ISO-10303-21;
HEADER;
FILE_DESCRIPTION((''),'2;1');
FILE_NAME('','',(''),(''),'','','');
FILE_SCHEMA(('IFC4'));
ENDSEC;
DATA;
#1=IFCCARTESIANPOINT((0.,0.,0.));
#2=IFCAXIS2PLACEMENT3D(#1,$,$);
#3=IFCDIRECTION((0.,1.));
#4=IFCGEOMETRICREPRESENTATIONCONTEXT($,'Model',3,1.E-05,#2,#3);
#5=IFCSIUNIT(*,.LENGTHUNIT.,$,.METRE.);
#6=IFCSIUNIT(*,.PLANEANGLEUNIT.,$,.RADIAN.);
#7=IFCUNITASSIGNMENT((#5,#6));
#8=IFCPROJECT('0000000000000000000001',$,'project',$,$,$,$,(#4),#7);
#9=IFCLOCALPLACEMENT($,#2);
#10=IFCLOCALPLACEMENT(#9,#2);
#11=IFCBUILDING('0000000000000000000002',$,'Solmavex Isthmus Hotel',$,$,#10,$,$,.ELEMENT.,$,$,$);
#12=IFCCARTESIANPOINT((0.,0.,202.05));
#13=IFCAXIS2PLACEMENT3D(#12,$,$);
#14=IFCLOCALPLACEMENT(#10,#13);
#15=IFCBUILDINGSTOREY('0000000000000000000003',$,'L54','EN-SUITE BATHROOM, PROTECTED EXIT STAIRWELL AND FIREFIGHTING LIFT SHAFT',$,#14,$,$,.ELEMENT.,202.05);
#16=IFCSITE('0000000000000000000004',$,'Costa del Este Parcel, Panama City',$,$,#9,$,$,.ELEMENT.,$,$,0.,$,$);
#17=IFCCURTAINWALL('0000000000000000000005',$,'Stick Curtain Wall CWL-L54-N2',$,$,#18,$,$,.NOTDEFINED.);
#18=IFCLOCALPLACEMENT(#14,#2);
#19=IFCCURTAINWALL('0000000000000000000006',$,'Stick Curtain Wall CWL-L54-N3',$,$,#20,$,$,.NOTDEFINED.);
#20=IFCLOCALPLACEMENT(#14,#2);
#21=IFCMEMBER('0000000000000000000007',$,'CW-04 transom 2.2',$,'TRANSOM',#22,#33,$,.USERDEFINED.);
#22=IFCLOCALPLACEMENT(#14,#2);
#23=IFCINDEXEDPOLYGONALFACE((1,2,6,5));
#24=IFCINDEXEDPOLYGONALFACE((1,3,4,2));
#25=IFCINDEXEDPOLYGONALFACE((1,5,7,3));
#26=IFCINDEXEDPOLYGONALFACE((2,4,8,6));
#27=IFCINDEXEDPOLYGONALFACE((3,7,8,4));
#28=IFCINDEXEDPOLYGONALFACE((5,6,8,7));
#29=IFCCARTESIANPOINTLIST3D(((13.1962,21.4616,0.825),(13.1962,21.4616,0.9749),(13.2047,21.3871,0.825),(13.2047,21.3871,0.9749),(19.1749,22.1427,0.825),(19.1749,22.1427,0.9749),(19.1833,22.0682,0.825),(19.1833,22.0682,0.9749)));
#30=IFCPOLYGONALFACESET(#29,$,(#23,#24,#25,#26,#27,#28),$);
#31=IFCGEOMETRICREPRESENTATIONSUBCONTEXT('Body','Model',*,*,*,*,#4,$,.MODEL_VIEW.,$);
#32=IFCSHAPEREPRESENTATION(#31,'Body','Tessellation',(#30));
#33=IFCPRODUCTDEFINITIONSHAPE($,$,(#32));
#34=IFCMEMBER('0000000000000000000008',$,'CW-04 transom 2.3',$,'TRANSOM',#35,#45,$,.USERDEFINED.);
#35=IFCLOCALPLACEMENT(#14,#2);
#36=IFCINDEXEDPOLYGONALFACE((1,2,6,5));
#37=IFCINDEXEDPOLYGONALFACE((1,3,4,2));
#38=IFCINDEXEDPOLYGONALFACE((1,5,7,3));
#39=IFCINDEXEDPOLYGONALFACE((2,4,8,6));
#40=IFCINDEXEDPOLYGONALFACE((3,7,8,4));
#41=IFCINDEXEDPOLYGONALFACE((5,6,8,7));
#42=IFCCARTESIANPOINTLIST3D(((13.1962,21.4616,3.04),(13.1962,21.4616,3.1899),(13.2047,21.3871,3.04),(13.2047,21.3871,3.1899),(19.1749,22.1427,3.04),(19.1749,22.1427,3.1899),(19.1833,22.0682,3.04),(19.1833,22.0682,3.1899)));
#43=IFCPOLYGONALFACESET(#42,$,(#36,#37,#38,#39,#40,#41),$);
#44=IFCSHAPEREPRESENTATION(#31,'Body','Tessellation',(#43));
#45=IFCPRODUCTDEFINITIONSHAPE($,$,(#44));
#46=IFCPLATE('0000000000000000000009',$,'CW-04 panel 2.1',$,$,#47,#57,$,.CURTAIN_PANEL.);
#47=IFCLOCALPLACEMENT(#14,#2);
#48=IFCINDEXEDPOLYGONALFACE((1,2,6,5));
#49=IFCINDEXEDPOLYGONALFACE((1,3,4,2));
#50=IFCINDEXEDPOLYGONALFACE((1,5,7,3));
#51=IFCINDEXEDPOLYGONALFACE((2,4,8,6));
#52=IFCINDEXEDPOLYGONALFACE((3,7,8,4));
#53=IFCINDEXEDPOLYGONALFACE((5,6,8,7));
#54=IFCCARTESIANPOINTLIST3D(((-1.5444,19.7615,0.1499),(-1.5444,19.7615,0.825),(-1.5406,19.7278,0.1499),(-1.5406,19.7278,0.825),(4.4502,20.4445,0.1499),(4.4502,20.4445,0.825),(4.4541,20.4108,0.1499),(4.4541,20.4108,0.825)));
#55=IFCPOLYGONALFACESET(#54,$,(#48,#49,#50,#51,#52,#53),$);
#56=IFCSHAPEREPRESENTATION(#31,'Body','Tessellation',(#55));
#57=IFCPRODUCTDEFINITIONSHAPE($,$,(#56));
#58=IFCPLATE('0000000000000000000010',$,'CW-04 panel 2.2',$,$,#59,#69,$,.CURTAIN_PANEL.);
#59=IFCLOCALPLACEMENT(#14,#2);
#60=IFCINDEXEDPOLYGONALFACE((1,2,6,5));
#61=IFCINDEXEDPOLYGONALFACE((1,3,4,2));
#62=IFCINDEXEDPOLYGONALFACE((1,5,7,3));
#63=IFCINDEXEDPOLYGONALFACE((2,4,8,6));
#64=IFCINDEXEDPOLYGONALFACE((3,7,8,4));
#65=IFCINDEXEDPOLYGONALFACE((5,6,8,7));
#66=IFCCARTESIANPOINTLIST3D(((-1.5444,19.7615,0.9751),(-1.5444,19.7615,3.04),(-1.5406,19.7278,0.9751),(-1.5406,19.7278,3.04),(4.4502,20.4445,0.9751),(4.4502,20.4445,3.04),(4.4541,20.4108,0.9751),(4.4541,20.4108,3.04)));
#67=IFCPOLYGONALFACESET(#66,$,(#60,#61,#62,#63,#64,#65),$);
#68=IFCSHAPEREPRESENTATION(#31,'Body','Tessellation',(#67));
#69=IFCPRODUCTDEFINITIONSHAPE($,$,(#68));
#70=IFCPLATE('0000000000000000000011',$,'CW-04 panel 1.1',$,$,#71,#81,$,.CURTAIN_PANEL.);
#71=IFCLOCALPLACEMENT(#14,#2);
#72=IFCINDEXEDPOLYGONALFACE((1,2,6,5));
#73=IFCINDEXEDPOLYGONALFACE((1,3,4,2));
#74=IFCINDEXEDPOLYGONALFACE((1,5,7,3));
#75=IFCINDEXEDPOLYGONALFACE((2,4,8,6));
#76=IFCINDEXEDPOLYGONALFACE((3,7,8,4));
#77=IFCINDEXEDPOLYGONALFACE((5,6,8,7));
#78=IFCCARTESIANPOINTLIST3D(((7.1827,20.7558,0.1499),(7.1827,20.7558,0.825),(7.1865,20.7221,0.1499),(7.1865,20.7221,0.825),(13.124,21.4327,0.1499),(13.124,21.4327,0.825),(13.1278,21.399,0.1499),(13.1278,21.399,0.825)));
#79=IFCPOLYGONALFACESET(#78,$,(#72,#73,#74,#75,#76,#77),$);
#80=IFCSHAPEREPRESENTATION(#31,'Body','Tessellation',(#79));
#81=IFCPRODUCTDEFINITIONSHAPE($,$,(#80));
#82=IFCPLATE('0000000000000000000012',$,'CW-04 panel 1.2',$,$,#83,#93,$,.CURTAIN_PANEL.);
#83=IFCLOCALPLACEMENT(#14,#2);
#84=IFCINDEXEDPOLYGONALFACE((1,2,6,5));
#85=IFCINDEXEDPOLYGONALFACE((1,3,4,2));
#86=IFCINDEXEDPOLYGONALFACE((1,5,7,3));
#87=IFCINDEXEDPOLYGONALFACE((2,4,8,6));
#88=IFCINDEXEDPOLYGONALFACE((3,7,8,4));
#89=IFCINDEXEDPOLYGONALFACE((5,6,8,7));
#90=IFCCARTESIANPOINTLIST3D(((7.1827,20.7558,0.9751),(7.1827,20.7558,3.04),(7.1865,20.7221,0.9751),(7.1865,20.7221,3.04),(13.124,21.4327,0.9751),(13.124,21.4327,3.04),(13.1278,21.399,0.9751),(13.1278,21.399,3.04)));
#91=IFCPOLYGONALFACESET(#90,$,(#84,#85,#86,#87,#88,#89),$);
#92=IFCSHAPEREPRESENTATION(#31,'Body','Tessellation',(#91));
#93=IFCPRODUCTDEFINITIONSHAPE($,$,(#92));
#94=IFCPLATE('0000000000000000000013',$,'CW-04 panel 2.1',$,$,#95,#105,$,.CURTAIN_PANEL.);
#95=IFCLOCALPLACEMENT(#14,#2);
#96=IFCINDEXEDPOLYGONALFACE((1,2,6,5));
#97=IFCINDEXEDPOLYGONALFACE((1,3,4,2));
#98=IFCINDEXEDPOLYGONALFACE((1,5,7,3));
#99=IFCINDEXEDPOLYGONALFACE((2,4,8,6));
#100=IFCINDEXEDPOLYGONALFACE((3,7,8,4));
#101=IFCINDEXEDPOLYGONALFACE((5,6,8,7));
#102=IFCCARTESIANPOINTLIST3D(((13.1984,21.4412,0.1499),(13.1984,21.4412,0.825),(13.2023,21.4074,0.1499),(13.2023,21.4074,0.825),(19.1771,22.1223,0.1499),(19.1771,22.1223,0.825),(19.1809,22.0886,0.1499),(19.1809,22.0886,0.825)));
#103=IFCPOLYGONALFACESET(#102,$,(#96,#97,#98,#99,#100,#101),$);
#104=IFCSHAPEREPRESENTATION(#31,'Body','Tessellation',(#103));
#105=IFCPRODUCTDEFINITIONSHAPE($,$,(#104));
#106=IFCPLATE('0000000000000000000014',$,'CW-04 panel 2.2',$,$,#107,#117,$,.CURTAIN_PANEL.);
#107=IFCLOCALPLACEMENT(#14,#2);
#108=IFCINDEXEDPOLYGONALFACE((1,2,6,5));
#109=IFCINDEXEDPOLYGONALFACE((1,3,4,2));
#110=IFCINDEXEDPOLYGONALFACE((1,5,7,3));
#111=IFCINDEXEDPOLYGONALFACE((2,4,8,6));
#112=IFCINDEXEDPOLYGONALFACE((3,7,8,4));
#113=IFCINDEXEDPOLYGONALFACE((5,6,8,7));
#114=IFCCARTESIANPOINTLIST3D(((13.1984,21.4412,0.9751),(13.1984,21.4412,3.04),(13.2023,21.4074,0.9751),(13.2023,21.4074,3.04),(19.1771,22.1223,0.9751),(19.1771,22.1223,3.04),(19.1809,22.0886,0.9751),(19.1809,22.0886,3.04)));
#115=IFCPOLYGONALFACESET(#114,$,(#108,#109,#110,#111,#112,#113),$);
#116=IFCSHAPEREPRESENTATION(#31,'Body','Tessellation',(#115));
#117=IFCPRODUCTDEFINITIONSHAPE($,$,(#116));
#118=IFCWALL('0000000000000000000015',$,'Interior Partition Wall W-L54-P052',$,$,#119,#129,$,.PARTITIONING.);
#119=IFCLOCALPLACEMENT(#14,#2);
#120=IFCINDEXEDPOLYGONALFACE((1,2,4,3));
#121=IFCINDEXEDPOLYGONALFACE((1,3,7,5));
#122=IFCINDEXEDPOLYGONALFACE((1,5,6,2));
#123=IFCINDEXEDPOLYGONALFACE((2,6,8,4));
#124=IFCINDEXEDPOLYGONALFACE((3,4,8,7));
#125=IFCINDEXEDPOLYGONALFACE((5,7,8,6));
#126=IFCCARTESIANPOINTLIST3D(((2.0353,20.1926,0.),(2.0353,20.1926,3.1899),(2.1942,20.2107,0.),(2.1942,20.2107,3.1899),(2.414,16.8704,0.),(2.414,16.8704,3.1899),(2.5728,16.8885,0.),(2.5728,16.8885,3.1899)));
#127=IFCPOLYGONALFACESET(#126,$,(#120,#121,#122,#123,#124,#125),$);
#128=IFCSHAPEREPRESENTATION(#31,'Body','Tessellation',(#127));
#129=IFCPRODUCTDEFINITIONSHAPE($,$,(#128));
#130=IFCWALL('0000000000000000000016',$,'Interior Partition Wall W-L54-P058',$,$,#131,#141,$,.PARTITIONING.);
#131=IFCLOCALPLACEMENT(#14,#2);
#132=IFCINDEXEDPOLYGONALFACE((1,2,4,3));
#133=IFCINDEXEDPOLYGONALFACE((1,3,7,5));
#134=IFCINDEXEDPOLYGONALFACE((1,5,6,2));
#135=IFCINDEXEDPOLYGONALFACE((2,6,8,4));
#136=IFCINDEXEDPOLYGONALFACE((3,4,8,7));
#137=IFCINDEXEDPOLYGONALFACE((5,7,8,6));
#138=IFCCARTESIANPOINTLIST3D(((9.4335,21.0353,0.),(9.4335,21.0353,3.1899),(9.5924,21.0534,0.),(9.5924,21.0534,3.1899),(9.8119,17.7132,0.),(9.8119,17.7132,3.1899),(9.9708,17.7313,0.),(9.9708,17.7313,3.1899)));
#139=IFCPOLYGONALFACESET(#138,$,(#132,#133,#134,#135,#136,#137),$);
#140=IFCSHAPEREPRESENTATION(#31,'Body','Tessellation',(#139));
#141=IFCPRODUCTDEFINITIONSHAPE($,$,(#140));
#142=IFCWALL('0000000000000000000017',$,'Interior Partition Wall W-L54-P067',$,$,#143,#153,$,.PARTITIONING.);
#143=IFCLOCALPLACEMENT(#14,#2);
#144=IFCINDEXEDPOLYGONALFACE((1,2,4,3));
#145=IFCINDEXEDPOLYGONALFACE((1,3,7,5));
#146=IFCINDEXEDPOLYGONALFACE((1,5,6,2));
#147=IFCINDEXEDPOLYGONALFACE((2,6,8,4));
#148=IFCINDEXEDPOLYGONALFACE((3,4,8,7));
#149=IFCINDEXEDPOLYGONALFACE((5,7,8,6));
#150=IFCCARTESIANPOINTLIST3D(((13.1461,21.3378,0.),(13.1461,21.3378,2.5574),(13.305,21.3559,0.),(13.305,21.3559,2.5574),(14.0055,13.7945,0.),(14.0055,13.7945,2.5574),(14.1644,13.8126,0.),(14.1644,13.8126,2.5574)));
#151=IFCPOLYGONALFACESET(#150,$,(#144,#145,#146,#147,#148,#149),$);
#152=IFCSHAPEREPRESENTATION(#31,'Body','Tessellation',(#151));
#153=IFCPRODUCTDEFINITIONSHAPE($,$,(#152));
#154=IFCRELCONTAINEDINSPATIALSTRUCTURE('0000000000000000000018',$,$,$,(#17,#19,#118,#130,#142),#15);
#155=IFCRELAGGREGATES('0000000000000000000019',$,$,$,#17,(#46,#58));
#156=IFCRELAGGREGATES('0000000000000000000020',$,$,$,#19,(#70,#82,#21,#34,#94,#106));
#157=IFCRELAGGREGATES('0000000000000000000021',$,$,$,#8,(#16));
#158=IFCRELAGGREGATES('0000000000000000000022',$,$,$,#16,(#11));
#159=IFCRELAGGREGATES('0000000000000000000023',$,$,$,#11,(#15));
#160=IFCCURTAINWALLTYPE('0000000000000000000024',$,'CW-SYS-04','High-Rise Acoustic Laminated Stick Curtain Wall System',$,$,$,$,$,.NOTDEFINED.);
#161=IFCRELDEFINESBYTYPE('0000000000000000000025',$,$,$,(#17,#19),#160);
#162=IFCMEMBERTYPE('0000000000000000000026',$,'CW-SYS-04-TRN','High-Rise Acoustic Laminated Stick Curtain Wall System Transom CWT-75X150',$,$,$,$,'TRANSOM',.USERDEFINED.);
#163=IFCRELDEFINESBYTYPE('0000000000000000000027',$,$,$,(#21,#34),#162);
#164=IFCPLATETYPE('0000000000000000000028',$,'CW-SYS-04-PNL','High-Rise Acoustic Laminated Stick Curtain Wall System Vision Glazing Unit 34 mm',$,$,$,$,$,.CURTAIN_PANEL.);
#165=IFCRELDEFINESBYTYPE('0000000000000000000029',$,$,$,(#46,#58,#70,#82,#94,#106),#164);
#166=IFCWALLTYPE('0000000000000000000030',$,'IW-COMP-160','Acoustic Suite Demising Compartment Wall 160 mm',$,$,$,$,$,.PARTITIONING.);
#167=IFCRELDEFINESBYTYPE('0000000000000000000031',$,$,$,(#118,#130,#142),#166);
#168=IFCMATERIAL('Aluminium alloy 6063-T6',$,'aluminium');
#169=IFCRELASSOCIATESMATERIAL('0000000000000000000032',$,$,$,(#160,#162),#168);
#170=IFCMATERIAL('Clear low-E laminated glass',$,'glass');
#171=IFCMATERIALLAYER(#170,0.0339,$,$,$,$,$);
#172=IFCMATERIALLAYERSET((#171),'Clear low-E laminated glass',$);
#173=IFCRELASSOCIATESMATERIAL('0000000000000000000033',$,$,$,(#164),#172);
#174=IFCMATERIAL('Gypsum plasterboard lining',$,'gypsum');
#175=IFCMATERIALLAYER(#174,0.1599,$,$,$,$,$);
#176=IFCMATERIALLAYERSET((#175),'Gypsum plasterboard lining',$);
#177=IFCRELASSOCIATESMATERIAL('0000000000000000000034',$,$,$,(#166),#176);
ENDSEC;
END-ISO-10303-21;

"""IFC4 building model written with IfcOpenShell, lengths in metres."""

from ifc_helpers import new_model, si_unit, direction, frame, frame_2d, origin, origin_2d, place, context, subcontext, project, spatial, rectangle, extrude, material, layer, layer_set, material_profile, profile_set, type_object, element, aggregate, save


model = new_model("IFC4")

# Units and contexts
model_context = context("Model", 3, precision=1e-05, world=origin(), true_north=direction((0.0, 1.0)))
body_context = subcontext(model_context, "Body", "Model", "MODEL_VIEW")
ifc_project = project(units=[si_unit("LENGTHUNIT", "METRE"), si_unit("PLANEANGLEUNIT", "RADIAN")], contexts=[model_context])

# Site, building, storey
site_placement = place(None, origin())
site = spatial("IfcSite", under=ifc_project, at=site_placement, Name="Costa del Este Parcel, Panama City", CompositionType="ELEMENT", RefElevation=0.0)
building_placement = place(site_placement, origin())
building = spatial("IfcBuilding", under=site, at=building_placement, Name="Solmavex Isthmus Hotel", CompositionType="ELEMENT")
storey_placement = place(building_placement, frame((0.0, 0.0, 202.05)))
storey = spatial("IfcBuildingStorey", under=building, at=storey_placement, Name="L54", Description="EN-SUITE BATHROOM, PROTECTED EXIT STAIRWELL AND FIREFIGHTING LIFT SHAFT", CompositionType="ELEMENT", Elevation=202.05)

# Curtain wall
ifc_material_1 = material(Name="Aluminium alloy 6063-T6", Category="aluminium")
curtain_wall_type = type_object("IfcCurtainWallType", Name="CW-SYS-04", Description="High-Rise Acoustic Laminated Stick Curtain Wall System", PredefinedType="NOTDEFINED", material=ifc_material_1)
curtain_wall_1_placement = place(storey_placement, origin())
curtain_wall_1 = element("IfcCurtainWall", 1, at=curtain_wall_1_placement, inside=storey, type_object=curtain_wall_type, Name="Stick Curtain Wall CWL-L54-N2", PredefinedType="NOTDEFINED")

# Curtain wall, members
curtain_wall_2_placement = place(storey_placement, origin())
curtain_wall_2 = element("IfcCurtainWall", 2, at=curtain_wall_2_placement, inside=storey, type_object=curtain_wall_type, Name="Stick Curtain Wall CWL-L54-N3", PredefinedType="NOTDEFINED")
ifc_material_profile_1 = material_profile(ifc_material_1, rectangle(XDim=0.075, YDim=0.1499, at=origin_2d()), Name="CWT-75X150")
ifc_profile_set_1 = profile_set([ifc_material_profile_1], Name="Aluminium alloy 6063-T6")
member_type_1 = type_object("IfcMemberType", Name="CW-SYS-04-TRN", Description="High-Rise Acoustic Laminated Stick Curtain Wall System Transom CWT-75X150", ElementType="TRANSOM", PredefinedType="USERDEFINED", material=ifc_profile_set_1)
member_1_placement = place(storey_placement, frame((13.2004, 21.4243, 0.8999), z_axis=(0.993573, 0.113196, 0.0), x_axis=(-0.113196, 0.993573, 0.0)))
member_1 = element("IfcMember", 3, at=member_1_placement, type_object=member_type_1, Name="CW-04 transom 2.2", ObjectType="TRANSOM", PredefinedType="USERDEFINED", context=body_context, shape_type="SweptSolid", body=[
    extrude(rectangle(XDim=0.075, YDim=0.1499, at=origin_2d()), origin(), (0.0, 0.0, 1.0), 6.0173),
])
member_2_placement = place(storey_placement, frame((13.2004, 21.4243, 3.115), z_axis=(0.993573, 0.113196, 0.0), x_axis=(-0.113196, 0.993573, 0.0)))
member_2 = element("IfcMember", 4, at=member_2_placement, type_object=member_type_1, Name="CW-04 transom 2.3", ObjectType="TRANSOM", PredefinedType="USERDEFINED", context=body_context, shape_type="SweptSolid", body=[
    extrude(rectangle(XDim=0.075, YDim=0.1499, at=origin_2d()), origin(), (0.0, 0.0, 1.0), 6.0173),
])

# Plates
ifc_material_2 = material(Name="Clear low-E laminated glass", Category="glass")
ifc_layer_1 = layer(ifc_material_2, 0.0339)
ifc_layer_set_1 = layer_set([ifc_layer_1], Name="Clear low-E laminated glass")
plate_type = type_object("IfcPlateType", Name="CW-SYS-04-PNL", Description="High-Rise Acoustic Laminated Stick Curtain Wall System Vision Glazing Unit 34 mm", PredefinedType="CURTAIN_PANEL", material=ifc_layer_set_1)
plate_1_placement = place(storey_placement, frame((1.4548, 20.0862, 0.1499), z_axis=(0.0, 0.0, 1.0), x_axis=(0.993572, 0.113203, 0.0)))
plate_1 = element("IfcPlate", 5, at=plate_1_placement, type_object=plate_type, Name="CW-04 panel 2.1", PredefinedType="CURTAIN_PANEL", context=body_context, shape_type="SweptSolid", body=[
    extrude(rectangle(XDim=6.0334, YDim=0.0339, at=origin_2d()), origin(), (0.0, 0.0, 1.0), 0.675),
])
plate_2_placement = place(storey_placement, frame((1.4548, 20.0862, 0.9751), z_axis=(0.0, 0.0, 1.0), x_axis=(0.993572, 0.113203, 0.0)))
plate_2 = element("IfcPlate", 6, at=plate_2_placement, type_object=plate_type, Name="CW-04 panel 2.2", PredefinedType="CURTAIN_PANEL", context=body_context, shape_type="SweptSolid", body=[
    extrude(rectangle(XDim=6.0334, YDim=0.0339, at=origin_2d()), origin(), (0.0, 0.0, 1.0), 2.0649),
])
aggregate(curtain_wall_1, [plate_1, plate_2])
plate_3_placement = place(storey_placement, frame((10.1553, 21.0774, 0.1499), z_axis=(0.0, 0.0, 1.0), x_axis=(0.993572, 0.113203, 0.0)))
plate_3 = element("IfcPlate", 7, at=plate_3_placement, type_object=plate_type, Name="CW-04 panel 1.1", PredefinedType="CURTAIN_PANEL", context=body_context, shape_type="SweptSolid", body=[
    extrude(rectangle(XDim=5.9797, YDim=0.0339, at=origin_2d()), origin(), (0.0, 0.0, 1.0), 0.675),
])
plate_4_placement = place(storey_placement, frame((10.1553, 21.0774, 0.9751), z_axis=(0.0, 0.0, 1.0), x_axis=(0.993572, 0.113203, 0.0)))
plate_4 = element("IfcPlate", 8, at=plate_4_placement, type_object=plate_type, Name="CW-04 panel 1.2", PredefinedType="CURTAIN_PANEL", context=body_context, shape_type="SweptSolid", body=[
    extrude(rectangle(XDim=5.9797, YDim=0.0339, at=origin_2d()), origin(), (0.0, 0.0, 1.0), 2.0649),
])
plate_5_placement = place(storey_placement, frame((16.1897, 21.7649, 0.1499), z_axis=(0.0, 0.0, 1.0), x_axis=(0.993572, 0.113203, 0.0)))
plate_5 = element("IfcPlate", 9, at=plate_5_placement, type_object=plate_type, Name="CW-04 panel 2.1", PredefinedType="CURTAIN_PANEL", context=body_context, shape_type="SweptSolid", body=[
    extrude(rectangle(XDim=6.0173, YDim=0.0339, at=origin_2d()), origin(), (0.0, 0.0, 1.0), 0.675),
])
plate_6_placement = place(storey_placement, frame((16.1897, 21.7649, 0.9751), z_axis=(0.0, 0.0, 1.0), x_axis=(0.993572, 0.113203, 0.0)))
plate_6 = element("IfcPlate", 10, at=plate_6_placement, type_object=plate_type, Name="CW-04 panel 2.2", PredefinedType="CURTAIN_PANEL", context=body_context, shape_type="SweptSolid", body=[
    extrude(rectangle(XDim=6.0173, YDim=0.0339, at=origin_2d()), origin(), (0.0, 0.0, 1.0), 2.0649),
])
aggregate(curtain_wall_2, [plate_3, plate_4, member_1, member_2, plate_5, plate_6])

# Walls
ifc_material_3 = material(Name="Gypsum plasterboard lining", Category="gypsum")
ifc_layer_2 = layer(ifc_material_3, 0.1599)
ifc_layer_set_2 = layer_set([ifc_layer_2], Name="Gypsum plasterboard lining")
wall_type_1 = type_object("IfcWallType", Name="IW-COMP-160", Description="Acoustic Suite Demising Compartment Wall 160 mm", PredefinedType="PARTITIONING", material=ifc_layer_set_2)
wall_1_placement = place(storey_placement, frame((2.1147, 20.2017, 0.0), z_axis=(0.0, 0.0, 1.0), x_axis=(0.113244, -0.993567, 0.0)))
element("IfcWall", 11, at=wall_1_placement, inside=storey, type_object=wall_type_1, Name="Interior Partition Wall W-L54-P052", PredefinedType="PARTITIONING", context=body_context, shape_type="SweptSolid", body=[
    extrude(rectangle(XDim=3.3438, YDim=0.1599, at=frame_2d((1.6719, 0.0))), origin(), (0.0, 0.0, 1.0), 3.1899),
])
wall_2_placement = place(storey_placement, frame((9.5129, 21.0444, 0.0), z_axis=(0.0, 0.0, 1.0), x_axis=(0.11318, -0.993574, 0.0)))
element("IfcWall", 12, at=wall_2_placement, inside=storey, type_object=wall_type_1, Name="Interior Partition Wall W-L54-P058", PredefinedType="PARTITIONING", context=body_context, shape_type="SweptSolid", body=[
    extrude(rectangle(XDim=3.3435, YDim=0.1599, at=frame_2d((1.6719, 0.0))), origin(), (0.0, 0.0, 1.0), 3.1899),
])
wall_3_placement = place(storey_placement, frame((13.2256, 21.3467, 0.0), z_axis=(0.0, 0.0, 1.0), x_axis=(0.113195, -0.993573, 0.0)))
element("IfcWall", 13, at=wall_3_placement, inside=storey, type_object=wall_type_1, Name="Interior Partition Wall W-L54-P067", PredefinedType="PARTITIONING", context=body_context, shape_type="SweptSolid", body=[
    extrude(rectangle(XDim=7.592, YDim=0.1599, at=frame_2d((3.7959, 0.0))), origin(), (0.0, 0.0, 1.0), 2.5574),
])

save(model, "model.ifc")
